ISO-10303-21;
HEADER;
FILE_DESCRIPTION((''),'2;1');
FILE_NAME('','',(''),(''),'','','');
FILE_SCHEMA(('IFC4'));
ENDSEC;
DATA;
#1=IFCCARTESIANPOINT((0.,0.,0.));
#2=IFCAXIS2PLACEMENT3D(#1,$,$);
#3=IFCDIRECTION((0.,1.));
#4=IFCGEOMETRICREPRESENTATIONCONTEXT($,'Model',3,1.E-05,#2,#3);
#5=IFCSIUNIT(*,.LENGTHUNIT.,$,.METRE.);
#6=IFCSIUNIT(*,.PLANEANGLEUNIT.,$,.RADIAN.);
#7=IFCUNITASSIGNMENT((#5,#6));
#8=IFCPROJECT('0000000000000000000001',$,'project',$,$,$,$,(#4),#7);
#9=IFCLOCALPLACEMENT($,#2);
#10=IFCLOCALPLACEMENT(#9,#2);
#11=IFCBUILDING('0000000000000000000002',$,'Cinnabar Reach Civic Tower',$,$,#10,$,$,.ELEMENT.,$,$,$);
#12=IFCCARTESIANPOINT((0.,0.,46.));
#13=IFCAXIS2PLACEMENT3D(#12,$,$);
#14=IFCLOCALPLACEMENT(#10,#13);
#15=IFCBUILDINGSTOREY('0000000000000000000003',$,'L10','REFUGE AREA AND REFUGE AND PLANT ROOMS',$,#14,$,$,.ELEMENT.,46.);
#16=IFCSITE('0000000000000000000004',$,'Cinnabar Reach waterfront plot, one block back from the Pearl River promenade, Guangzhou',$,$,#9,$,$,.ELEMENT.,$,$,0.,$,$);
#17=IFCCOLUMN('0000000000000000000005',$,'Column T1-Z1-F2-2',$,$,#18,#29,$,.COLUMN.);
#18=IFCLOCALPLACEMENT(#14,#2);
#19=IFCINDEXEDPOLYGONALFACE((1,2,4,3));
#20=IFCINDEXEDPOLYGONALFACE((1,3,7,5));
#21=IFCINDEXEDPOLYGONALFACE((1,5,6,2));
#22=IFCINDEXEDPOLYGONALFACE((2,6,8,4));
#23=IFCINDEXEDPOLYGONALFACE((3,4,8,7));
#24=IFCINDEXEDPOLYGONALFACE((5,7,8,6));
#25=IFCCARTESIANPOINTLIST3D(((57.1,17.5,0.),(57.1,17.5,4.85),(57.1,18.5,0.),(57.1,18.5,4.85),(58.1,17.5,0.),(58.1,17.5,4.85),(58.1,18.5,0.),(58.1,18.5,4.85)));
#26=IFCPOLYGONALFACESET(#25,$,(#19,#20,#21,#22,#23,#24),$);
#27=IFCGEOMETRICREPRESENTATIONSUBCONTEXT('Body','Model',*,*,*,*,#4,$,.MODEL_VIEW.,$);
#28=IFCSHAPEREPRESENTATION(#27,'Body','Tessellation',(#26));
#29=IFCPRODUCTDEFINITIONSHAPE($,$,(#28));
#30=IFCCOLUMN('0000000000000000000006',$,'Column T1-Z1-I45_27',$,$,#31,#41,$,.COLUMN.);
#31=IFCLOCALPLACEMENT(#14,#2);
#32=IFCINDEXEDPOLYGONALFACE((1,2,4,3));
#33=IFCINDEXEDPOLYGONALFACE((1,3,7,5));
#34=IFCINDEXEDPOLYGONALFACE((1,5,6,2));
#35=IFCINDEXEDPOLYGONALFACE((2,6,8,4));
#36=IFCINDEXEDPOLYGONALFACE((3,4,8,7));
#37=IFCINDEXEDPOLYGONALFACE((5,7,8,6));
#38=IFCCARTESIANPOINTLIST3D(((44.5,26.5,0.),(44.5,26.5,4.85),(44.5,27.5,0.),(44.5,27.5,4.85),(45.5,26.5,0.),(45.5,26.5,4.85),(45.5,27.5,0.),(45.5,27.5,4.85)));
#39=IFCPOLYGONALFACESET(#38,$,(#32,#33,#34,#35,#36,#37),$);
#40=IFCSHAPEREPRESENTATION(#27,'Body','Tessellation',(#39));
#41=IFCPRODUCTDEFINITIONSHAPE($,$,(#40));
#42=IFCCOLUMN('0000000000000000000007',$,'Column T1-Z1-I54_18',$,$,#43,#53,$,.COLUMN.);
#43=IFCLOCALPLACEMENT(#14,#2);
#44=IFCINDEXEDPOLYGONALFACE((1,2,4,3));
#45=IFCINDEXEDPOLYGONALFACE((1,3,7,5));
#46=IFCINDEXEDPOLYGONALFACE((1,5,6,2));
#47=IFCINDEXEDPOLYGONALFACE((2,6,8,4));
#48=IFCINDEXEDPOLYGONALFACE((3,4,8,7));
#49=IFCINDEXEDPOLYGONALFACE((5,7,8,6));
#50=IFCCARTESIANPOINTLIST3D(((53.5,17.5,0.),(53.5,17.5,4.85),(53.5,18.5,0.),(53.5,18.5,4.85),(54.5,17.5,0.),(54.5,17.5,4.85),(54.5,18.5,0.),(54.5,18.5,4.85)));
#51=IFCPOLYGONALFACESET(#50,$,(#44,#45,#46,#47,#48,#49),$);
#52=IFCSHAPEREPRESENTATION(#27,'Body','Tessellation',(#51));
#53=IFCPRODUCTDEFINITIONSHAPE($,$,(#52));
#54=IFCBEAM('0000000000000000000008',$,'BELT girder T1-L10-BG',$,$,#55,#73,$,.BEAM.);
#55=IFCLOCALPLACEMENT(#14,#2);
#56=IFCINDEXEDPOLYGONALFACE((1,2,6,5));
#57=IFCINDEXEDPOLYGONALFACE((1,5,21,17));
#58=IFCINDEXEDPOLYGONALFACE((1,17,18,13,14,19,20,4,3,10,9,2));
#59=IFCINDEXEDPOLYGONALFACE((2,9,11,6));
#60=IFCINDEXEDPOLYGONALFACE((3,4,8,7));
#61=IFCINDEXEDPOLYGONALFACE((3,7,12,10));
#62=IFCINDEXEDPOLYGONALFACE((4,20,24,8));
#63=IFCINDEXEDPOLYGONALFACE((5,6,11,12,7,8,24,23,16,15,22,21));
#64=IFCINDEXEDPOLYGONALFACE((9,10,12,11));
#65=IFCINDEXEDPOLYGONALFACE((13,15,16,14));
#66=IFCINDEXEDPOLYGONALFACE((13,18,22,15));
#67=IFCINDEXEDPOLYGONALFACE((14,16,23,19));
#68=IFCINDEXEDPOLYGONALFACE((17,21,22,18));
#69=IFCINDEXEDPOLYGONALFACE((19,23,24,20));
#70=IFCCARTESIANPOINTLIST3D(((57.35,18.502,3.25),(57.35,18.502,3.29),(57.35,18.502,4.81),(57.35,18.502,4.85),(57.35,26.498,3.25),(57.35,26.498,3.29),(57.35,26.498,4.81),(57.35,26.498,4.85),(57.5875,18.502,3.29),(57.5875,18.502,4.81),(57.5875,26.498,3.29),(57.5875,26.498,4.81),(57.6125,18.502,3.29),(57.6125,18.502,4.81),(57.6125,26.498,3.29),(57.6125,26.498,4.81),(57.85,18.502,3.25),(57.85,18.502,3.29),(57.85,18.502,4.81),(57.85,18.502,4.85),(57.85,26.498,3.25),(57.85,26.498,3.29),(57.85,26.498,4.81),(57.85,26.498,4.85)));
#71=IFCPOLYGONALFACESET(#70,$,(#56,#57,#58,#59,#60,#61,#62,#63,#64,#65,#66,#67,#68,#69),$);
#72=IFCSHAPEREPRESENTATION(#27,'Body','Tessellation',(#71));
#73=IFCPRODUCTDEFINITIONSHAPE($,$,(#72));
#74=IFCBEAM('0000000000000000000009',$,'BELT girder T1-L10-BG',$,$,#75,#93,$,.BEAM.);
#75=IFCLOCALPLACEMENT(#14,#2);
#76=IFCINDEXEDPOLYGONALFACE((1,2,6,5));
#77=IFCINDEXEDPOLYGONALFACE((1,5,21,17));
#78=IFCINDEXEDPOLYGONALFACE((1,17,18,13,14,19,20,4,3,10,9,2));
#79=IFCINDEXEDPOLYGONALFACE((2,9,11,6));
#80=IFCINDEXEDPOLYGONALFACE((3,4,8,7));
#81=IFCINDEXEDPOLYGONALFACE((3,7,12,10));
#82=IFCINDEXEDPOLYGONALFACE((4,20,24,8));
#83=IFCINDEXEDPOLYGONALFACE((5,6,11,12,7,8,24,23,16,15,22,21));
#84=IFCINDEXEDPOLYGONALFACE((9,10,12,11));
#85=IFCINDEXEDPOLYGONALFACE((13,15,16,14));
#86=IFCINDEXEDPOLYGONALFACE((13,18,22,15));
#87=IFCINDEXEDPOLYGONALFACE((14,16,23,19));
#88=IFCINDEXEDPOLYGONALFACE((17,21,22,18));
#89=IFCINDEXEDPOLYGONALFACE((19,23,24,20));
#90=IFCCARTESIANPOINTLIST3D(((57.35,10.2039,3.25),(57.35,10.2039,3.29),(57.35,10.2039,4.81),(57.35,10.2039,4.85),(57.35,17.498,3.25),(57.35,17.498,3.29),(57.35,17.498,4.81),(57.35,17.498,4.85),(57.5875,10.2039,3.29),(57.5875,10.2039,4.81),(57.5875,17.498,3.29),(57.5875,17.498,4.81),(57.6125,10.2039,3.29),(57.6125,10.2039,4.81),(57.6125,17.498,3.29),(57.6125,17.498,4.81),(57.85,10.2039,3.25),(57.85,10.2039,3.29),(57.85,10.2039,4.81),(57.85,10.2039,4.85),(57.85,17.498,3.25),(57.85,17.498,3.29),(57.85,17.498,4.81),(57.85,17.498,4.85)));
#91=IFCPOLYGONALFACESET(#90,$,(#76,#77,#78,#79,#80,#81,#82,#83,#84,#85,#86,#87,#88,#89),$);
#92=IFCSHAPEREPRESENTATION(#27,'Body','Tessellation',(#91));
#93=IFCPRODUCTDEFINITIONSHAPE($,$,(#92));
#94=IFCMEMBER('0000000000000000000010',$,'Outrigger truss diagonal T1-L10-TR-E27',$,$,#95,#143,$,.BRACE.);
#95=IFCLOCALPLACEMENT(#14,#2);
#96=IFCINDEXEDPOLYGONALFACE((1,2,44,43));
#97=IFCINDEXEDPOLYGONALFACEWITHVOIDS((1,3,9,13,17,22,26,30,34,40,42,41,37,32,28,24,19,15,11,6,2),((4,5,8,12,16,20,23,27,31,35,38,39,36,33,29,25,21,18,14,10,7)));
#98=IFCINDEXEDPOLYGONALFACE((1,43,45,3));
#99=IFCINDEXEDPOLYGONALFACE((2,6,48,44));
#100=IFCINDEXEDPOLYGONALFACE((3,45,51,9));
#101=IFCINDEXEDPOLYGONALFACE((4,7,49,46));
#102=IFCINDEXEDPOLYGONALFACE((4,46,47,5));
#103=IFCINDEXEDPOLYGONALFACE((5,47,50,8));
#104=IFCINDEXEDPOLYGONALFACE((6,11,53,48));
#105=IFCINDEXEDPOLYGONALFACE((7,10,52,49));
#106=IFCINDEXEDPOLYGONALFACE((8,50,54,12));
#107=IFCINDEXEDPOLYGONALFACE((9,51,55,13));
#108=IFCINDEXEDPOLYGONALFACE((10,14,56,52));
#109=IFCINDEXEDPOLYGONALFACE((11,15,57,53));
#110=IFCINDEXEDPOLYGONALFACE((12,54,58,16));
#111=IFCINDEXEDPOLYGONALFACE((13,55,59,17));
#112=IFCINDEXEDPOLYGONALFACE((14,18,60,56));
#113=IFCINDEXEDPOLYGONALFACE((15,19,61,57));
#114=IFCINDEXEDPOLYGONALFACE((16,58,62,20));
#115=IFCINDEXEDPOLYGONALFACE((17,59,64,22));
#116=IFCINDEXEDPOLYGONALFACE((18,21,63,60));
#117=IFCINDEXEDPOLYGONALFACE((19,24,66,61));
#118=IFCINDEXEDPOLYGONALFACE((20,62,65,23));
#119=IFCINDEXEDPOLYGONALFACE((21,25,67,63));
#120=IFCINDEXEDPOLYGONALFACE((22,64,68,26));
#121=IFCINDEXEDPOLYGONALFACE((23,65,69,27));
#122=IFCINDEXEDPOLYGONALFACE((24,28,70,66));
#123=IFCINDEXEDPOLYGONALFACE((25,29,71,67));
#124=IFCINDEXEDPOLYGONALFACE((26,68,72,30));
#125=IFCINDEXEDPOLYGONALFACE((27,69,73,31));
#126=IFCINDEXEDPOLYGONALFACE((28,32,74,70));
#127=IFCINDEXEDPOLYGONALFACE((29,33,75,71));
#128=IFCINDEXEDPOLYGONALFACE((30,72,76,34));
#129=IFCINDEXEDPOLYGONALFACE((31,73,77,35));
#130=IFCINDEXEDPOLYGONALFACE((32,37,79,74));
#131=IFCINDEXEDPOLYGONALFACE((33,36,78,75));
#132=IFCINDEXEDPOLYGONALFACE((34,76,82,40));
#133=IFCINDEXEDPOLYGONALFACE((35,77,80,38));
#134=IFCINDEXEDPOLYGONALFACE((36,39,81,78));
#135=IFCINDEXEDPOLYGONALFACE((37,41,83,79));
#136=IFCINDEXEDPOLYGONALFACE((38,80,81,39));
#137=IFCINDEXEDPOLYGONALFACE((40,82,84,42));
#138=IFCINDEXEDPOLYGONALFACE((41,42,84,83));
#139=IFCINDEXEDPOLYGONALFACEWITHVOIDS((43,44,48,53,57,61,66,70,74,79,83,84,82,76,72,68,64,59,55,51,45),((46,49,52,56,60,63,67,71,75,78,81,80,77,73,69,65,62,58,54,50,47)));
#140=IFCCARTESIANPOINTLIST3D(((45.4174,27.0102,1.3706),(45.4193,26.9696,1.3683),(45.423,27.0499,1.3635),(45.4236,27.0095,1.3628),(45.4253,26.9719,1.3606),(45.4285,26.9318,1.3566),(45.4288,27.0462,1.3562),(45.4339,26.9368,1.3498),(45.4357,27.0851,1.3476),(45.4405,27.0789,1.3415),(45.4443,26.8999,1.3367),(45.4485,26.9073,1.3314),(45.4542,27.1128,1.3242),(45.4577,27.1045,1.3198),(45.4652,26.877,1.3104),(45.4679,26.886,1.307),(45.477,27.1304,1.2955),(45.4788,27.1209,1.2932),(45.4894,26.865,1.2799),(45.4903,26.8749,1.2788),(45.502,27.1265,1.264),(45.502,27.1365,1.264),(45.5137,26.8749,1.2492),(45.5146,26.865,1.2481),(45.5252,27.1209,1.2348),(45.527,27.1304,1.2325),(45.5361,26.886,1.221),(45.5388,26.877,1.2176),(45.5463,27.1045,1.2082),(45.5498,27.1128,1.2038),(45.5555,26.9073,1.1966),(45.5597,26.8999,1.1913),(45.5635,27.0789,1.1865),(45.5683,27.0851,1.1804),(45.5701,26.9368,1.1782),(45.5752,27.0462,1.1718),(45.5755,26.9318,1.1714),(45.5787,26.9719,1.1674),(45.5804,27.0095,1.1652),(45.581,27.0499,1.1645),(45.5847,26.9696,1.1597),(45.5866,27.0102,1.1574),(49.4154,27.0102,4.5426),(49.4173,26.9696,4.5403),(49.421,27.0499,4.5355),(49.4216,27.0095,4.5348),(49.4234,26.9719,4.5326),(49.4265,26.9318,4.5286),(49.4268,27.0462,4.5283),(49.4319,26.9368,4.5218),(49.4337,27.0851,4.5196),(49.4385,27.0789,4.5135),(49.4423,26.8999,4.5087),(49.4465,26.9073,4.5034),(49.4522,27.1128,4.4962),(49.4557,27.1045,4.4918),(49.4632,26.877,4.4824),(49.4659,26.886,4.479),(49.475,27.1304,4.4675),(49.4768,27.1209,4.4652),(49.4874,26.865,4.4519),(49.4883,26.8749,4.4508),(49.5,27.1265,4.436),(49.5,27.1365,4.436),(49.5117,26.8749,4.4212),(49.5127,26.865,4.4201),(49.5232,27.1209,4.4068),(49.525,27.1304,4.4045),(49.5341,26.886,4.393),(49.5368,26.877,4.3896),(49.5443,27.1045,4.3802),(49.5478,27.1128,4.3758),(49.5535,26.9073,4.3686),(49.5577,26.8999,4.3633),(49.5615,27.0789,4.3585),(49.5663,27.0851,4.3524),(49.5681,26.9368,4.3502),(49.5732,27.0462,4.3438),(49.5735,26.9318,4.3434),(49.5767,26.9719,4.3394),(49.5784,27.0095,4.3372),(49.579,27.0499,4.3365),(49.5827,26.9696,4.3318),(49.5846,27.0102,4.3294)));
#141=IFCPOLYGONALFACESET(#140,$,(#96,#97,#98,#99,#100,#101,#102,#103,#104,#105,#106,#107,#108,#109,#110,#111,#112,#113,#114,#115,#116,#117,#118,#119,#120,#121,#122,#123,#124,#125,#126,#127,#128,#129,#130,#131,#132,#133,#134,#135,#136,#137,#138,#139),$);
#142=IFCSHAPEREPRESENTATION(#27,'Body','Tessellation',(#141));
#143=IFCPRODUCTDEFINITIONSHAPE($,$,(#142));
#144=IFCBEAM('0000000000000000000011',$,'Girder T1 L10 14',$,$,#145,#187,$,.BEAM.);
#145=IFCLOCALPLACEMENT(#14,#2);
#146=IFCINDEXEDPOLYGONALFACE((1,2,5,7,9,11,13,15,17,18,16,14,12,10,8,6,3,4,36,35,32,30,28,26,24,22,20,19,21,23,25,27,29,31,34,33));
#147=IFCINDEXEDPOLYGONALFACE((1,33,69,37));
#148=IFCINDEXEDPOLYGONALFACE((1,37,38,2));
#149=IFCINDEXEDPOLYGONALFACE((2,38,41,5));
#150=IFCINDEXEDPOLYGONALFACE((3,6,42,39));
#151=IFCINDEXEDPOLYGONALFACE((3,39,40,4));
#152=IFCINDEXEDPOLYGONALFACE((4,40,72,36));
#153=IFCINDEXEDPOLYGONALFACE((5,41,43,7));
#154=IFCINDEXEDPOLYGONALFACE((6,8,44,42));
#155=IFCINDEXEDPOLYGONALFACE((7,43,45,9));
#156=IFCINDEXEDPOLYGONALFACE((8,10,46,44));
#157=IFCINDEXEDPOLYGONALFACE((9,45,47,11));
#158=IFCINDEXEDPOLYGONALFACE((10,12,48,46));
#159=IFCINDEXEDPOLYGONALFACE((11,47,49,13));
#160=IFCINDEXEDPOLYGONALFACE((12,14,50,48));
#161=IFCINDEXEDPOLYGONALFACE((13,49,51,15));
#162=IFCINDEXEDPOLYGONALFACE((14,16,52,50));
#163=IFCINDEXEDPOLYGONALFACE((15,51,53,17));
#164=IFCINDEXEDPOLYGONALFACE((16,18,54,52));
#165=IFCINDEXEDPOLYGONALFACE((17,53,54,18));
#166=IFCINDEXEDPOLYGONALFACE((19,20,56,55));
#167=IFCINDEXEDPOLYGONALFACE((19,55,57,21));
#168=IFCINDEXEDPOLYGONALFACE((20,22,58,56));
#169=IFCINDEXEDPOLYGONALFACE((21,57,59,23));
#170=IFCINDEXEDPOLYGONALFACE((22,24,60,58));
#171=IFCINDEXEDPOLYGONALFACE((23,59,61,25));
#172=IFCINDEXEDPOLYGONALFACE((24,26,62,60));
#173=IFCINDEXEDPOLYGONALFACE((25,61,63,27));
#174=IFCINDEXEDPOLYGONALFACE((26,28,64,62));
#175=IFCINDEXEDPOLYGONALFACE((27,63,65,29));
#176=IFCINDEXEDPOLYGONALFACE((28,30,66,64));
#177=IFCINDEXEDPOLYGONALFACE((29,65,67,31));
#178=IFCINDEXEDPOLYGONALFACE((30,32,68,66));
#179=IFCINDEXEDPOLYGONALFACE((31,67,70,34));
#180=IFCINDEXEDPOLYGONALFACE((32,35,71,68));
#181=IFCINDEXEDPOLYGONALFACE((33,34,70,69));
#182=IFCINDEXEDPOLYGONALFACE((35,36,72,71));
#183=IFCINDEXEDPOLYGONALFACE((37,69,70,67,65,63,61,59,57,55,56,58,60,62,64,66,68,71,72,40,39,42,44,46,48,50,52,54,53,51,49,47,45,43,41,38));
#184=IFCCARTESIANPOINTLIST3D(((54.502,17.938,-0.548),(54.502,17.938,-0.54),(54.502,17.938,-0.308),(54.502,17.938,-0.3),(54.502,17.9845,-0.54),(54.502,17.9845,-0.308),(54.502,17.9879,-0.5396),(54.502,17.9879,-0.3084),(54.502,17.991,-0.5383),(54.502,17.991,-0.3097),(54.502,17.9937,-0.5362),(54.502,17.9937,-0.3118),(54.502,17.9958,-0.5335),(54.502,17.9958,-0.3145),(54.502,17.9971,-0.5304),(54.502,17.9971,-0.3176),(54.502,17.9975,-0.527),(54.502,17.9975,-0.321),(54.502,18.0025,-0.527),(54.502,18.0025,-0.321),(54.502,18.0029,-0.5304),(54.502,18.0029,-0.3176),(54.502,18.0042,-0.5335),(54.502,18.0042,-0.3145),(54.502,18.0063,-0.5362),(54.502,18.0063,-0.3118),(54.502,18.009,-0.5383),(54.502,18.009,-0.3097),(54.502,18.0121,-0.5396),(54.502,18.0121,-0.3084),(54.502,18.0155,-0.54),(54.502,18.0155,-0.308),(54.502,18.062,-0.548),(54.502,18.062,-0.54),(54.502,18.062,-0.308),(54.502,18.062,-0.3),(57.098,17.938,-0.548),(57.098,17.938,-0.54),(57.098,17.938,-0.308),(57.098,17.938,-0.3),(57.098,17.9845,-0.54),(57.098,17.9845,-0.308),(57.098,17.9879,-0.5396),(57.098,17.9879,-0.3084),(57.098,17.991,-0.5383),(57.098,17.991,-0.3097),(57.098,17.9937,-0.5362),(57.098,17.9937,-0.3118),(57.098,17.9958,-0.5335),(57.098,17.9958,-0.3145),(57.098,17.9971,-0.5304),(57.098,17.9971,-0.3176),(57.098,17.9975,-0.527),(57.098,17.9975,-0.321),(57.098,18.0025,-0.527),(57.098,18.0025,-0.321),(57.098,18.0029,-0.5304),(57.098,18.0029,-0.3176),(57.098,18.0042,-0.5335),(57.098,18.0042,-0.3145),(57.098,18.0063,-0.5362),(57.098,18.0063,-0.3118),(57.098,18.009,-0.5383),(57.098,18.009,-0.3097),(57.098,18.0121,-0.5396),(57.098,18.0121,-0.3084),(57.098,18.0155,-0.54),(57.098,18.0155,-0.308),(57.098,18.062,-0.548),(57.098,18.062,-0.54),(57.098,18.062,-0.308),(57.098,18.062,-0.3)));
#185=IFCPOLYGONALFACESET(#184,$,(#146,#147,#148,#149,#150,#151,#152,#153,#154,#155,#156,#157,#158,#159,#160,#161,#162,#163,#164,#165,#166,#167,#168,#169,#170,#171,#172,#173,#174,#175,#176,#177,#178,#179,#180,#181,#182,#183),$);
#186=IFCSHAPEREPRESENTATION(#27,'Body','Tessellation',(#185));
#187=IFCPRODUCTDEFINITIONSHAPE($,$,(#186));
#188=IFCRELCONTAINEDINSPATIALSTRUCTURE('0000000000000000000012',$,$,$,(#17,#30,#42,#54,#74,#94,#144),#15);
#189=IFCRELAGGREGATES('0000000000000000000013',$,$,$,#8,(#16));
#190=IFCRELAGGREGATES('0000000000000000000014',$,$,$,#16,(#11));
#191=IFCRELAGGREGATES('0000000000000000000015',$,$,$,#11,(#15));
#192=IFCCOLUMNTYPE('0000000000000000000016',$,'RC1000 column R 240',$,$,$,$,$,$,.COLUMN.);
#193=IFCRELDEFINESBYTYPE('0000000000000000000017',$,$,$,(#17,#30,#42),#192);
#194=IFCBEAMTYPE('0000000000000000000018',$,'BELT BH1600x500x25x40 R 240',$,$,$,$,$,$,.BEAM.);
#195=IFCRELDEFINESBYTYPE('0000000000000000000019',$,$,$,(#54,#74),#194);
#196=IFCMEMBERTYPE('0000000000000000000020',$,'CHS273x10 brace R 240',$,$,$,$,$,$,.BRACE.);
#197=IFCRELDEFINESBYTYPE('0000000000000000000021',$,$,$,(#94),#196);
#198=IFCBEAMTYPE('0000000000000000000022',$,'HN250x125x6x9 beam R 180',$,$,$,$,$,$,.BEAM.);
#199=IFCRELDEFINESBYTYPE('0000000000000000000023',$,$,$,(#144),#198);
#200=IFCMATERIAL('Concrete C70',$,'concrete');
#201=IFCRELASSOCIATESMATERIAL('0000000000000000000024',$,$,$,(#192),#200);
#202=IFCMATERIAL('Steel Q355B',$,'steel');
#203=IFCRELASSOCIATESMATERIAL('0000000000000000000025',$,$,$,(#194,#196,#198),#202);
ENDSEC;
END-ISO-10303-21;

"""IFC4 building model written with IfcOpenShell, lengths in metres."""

from ifc_helpers import new_model, si_unit, direction, frame, origin, origin_2d, place, context, subcontext, project, spatial, rectangle, hollow_circle, i_section, extrude, material, material_profile, profile_set, type_object, element, save


model = new_model("IFC4")

# Units and contexts
model_context = context("Model", 3, precision=1e-05, world=origin(), true_north=direction((0.0, 1.0)))
body_context = subcontext(model_context, "Body", "Model", "MODEL_VIEW")
ifc_project = project(units=[si_unit("LENGTHUNIT", "METRE"), si_unit("PLANEANGLEUNIT", "RADIAN")], contexts=[model_context])

# Site, building, storey
site_placement = place(None, origin())
site = spatial("IfcSite", under=ifc_project, at=site_placement, Name="Cinnabar Reach waterfront plot, one block back from the Pearl River promenade, Guangzhou", CompositionType="ELEMENT", RefElevation=0.0)
building_placement = place(site_placement, origin())
building = spatial("IfcBuilding", under=site, at=building_placement, Name="Cinnabar Reach Civic Tower", CompositionType="ELEMENT")
storey_placement = place(building_placement, frame((0.0, 0.0, 46.0)))
storey = spatial("IfcBuildingStorey", under=building, at=storey_placement, Name="L10", Description="REFUGE AREA AND REFUGE AND PLANT ROOMS", CompositionType="ELEMENT", Elevation=46.0)

# Columns
ifc_material_1 = material(Name="Concrete C70", Category="concrete")
ifc_material_profile_1 = material_profile(ifc_material_1, rectangle(XDim=1.0, YDim=1.0, at=origin_2d()), Name="RC1000")
ifc_profile_set_1 = profile_set([ifc_material_profile_1], Name="Concrete C70")
column_type = type_object("IfcColumnType", Name="RC1000 column R 240", PredefinedType="COLUMN", material=ifc_profile_set_1)
for number, where, z_axis, x_axis, name in (
    (1, (57.6, 18.0, 0.0), (0.0, 0.0, 1.0), (1.0, 0.0, 0.0), "Column T1-Z1-F2-2"),
    (2, (45.0, 27.0, 0.0), (0.0, 0.0, 1.0), (1.0, 0.0, 0.0), "Column T1-Z1-I45_27"),
    (3, (54.0, 18.0, 0.0), (0.0, 0.0, 1.0), (1.0, 0.0, 0.0), "Column T1-Z1-I54_18"),
):
    element("IfcColumn", number, at=place(storey_placement, frame(where, z_axis=z_axis, x_axis=x_axis)), inside=storey, type_object=column_type, Name=name, PredefinedType="COLUMN", context=body_context, shape_type="SweptSolid", body=[
        extrude(rectangle(XDim=1.0, YDim=1.0, at=origin_2d()), origin(), (0.0, 0.0, 1.0), 4.85),
    ])

# Beams
ifc_material_2 = material(Name="Steel Q355B", Category="steel")
ifc_material_profile_2 = material_profile(ifc_material_2, i_section(OverallWidth=0.5, OverallDepth=1.6, WebThickness=0.025, FlangeThickness=0.04, at=origin_2d()), Name="BH1600x500x25x40")
ifc_profile_set_2 = profile_set([ifc_material_profile_2], Name="Steel Q355B")
beam_type_1 = type_object("IfcBeamType", Name="BELT BH1600x500x25x40 R 240", PredefinedType="BEAM", material=ifc_profile_set_2)
beam_1_placement = place(storey_placement, frame((57.6, 26.498, 4.05), z_axis=(0.0, -1.0, 0.0), x_axis=(1.0, 0.0, 0.0)))
element("IfcBeam", 4, at=beam_1_placement, inside=storey, type_object=beam_type_1, Name="BELT girder T1-L10-BG", PredefinedType="BEAM", context=body_context, shape_type="SweptSolid", body=[
    extrude(i_section(OverallWidth=0.5, OverallDepth=1.6, WebThickness=0.025, FlangeThickness=0.04, at=origin_2d()), origin(), (0.0, 0.0, 1.0), 7.996),
])
beam_2_placement = place(storey_placement, frame((57.6, 17.498, 4.05), z_axis=(0.0, -1.0, 0.0), x_axis=(1.0, 0.0, 0.0)))
element("IfcBeam", 5, at=beam_2_placement, inside=storey, type_object=beam_type_1, Name="BELT girder T1-L10-BG", PredefinedType="BEAM", context=body_context, shape_type="SweptSolid", body=[
    extrude(i_section(OverallWidth=0.5, OverallDepth=1.6, WebThickness=0.025, FlangeThickness=0.04, at=origin_2d()), origin(), (0.0, 0.0, 1.0), 7.2941),
])

# Member
ifc_material_profile_3 = material_profile(ifc_material_2, hollow_circle(Radius=0.1365, WallThickness=0.01, at=origin_2d()), Name="CHS273x10")
ifc_profile_set_3 = profile_set([ifc_material_profile_3], Name="Steel Q355B")
member_type_1 = type_object("IfcMemberType", Name="CHS273x10 brace R 240", PredefinedType="BRACE", material=ifc_profile_set_3)
member_placement = place(storey_placement, frame((45.502, 27.0, 1.264), z_axis=(0.783386, 0.0, 0.621536), x_axis=(0.0, 1.0, 0.0)))
element("IfcMember", 6, at=member_placement, inside=storey, type_object=member_type_1, Name="Outrigger truss diagonal T1-L10-TR-E27", PredefinedType="BRACE", context=body_context, shape_type="SweptSolid", body=[
    extrude(hollow_circle(Radius=0.1365, WallThickness=0.01, at=origin_2d()), origin(), (0.0, 0.0, 1.0), 5.1035),
])

# Beam
ifc_material_profile_4 = material_profile(ifc_material_2, i_section(OverallWidth=0.124, OverallDepth=0.248, WebThickness=0.005, FlangeThickness=0.008, FilletRadius=0.013, at=origin_2d()), Name="HN250x125x6x9")
ifc_profile_set_4 = profile_set([ifc_material_profile_4], Name="Steel Q355B")
beam_type_2 = type_object("IfcBeamType", Name="HN250x125x6x9 beam R 180", PredefinedType="BEAM", material=ifc_profile_set_4)
beam_3_placement = place(storey_placement, frame((54.502, 18.0, -0.424), z_axis=(1.0, 0.0, 0.0), x_axis=(0.0, 1.0, 0.0)))
element("IfcBeam", 7, at=beam_3_placement, inside=storey, type_object=beam_type_2, Name="Girder T1 L10 14", PredefinedType="BEAM", context=body_context, shape_type="SweptSolid", body=[
    extrude(i_section(OverallWidth=0.124, OverallDepth=0.248, WebThickness=0.005, FlangeThickness=0.008, FilletRadius=0.013, at=origin_2d()), origin(), (0.0, 0.0, 1.0), 2.596),
])

save(model, "model.ifc")
